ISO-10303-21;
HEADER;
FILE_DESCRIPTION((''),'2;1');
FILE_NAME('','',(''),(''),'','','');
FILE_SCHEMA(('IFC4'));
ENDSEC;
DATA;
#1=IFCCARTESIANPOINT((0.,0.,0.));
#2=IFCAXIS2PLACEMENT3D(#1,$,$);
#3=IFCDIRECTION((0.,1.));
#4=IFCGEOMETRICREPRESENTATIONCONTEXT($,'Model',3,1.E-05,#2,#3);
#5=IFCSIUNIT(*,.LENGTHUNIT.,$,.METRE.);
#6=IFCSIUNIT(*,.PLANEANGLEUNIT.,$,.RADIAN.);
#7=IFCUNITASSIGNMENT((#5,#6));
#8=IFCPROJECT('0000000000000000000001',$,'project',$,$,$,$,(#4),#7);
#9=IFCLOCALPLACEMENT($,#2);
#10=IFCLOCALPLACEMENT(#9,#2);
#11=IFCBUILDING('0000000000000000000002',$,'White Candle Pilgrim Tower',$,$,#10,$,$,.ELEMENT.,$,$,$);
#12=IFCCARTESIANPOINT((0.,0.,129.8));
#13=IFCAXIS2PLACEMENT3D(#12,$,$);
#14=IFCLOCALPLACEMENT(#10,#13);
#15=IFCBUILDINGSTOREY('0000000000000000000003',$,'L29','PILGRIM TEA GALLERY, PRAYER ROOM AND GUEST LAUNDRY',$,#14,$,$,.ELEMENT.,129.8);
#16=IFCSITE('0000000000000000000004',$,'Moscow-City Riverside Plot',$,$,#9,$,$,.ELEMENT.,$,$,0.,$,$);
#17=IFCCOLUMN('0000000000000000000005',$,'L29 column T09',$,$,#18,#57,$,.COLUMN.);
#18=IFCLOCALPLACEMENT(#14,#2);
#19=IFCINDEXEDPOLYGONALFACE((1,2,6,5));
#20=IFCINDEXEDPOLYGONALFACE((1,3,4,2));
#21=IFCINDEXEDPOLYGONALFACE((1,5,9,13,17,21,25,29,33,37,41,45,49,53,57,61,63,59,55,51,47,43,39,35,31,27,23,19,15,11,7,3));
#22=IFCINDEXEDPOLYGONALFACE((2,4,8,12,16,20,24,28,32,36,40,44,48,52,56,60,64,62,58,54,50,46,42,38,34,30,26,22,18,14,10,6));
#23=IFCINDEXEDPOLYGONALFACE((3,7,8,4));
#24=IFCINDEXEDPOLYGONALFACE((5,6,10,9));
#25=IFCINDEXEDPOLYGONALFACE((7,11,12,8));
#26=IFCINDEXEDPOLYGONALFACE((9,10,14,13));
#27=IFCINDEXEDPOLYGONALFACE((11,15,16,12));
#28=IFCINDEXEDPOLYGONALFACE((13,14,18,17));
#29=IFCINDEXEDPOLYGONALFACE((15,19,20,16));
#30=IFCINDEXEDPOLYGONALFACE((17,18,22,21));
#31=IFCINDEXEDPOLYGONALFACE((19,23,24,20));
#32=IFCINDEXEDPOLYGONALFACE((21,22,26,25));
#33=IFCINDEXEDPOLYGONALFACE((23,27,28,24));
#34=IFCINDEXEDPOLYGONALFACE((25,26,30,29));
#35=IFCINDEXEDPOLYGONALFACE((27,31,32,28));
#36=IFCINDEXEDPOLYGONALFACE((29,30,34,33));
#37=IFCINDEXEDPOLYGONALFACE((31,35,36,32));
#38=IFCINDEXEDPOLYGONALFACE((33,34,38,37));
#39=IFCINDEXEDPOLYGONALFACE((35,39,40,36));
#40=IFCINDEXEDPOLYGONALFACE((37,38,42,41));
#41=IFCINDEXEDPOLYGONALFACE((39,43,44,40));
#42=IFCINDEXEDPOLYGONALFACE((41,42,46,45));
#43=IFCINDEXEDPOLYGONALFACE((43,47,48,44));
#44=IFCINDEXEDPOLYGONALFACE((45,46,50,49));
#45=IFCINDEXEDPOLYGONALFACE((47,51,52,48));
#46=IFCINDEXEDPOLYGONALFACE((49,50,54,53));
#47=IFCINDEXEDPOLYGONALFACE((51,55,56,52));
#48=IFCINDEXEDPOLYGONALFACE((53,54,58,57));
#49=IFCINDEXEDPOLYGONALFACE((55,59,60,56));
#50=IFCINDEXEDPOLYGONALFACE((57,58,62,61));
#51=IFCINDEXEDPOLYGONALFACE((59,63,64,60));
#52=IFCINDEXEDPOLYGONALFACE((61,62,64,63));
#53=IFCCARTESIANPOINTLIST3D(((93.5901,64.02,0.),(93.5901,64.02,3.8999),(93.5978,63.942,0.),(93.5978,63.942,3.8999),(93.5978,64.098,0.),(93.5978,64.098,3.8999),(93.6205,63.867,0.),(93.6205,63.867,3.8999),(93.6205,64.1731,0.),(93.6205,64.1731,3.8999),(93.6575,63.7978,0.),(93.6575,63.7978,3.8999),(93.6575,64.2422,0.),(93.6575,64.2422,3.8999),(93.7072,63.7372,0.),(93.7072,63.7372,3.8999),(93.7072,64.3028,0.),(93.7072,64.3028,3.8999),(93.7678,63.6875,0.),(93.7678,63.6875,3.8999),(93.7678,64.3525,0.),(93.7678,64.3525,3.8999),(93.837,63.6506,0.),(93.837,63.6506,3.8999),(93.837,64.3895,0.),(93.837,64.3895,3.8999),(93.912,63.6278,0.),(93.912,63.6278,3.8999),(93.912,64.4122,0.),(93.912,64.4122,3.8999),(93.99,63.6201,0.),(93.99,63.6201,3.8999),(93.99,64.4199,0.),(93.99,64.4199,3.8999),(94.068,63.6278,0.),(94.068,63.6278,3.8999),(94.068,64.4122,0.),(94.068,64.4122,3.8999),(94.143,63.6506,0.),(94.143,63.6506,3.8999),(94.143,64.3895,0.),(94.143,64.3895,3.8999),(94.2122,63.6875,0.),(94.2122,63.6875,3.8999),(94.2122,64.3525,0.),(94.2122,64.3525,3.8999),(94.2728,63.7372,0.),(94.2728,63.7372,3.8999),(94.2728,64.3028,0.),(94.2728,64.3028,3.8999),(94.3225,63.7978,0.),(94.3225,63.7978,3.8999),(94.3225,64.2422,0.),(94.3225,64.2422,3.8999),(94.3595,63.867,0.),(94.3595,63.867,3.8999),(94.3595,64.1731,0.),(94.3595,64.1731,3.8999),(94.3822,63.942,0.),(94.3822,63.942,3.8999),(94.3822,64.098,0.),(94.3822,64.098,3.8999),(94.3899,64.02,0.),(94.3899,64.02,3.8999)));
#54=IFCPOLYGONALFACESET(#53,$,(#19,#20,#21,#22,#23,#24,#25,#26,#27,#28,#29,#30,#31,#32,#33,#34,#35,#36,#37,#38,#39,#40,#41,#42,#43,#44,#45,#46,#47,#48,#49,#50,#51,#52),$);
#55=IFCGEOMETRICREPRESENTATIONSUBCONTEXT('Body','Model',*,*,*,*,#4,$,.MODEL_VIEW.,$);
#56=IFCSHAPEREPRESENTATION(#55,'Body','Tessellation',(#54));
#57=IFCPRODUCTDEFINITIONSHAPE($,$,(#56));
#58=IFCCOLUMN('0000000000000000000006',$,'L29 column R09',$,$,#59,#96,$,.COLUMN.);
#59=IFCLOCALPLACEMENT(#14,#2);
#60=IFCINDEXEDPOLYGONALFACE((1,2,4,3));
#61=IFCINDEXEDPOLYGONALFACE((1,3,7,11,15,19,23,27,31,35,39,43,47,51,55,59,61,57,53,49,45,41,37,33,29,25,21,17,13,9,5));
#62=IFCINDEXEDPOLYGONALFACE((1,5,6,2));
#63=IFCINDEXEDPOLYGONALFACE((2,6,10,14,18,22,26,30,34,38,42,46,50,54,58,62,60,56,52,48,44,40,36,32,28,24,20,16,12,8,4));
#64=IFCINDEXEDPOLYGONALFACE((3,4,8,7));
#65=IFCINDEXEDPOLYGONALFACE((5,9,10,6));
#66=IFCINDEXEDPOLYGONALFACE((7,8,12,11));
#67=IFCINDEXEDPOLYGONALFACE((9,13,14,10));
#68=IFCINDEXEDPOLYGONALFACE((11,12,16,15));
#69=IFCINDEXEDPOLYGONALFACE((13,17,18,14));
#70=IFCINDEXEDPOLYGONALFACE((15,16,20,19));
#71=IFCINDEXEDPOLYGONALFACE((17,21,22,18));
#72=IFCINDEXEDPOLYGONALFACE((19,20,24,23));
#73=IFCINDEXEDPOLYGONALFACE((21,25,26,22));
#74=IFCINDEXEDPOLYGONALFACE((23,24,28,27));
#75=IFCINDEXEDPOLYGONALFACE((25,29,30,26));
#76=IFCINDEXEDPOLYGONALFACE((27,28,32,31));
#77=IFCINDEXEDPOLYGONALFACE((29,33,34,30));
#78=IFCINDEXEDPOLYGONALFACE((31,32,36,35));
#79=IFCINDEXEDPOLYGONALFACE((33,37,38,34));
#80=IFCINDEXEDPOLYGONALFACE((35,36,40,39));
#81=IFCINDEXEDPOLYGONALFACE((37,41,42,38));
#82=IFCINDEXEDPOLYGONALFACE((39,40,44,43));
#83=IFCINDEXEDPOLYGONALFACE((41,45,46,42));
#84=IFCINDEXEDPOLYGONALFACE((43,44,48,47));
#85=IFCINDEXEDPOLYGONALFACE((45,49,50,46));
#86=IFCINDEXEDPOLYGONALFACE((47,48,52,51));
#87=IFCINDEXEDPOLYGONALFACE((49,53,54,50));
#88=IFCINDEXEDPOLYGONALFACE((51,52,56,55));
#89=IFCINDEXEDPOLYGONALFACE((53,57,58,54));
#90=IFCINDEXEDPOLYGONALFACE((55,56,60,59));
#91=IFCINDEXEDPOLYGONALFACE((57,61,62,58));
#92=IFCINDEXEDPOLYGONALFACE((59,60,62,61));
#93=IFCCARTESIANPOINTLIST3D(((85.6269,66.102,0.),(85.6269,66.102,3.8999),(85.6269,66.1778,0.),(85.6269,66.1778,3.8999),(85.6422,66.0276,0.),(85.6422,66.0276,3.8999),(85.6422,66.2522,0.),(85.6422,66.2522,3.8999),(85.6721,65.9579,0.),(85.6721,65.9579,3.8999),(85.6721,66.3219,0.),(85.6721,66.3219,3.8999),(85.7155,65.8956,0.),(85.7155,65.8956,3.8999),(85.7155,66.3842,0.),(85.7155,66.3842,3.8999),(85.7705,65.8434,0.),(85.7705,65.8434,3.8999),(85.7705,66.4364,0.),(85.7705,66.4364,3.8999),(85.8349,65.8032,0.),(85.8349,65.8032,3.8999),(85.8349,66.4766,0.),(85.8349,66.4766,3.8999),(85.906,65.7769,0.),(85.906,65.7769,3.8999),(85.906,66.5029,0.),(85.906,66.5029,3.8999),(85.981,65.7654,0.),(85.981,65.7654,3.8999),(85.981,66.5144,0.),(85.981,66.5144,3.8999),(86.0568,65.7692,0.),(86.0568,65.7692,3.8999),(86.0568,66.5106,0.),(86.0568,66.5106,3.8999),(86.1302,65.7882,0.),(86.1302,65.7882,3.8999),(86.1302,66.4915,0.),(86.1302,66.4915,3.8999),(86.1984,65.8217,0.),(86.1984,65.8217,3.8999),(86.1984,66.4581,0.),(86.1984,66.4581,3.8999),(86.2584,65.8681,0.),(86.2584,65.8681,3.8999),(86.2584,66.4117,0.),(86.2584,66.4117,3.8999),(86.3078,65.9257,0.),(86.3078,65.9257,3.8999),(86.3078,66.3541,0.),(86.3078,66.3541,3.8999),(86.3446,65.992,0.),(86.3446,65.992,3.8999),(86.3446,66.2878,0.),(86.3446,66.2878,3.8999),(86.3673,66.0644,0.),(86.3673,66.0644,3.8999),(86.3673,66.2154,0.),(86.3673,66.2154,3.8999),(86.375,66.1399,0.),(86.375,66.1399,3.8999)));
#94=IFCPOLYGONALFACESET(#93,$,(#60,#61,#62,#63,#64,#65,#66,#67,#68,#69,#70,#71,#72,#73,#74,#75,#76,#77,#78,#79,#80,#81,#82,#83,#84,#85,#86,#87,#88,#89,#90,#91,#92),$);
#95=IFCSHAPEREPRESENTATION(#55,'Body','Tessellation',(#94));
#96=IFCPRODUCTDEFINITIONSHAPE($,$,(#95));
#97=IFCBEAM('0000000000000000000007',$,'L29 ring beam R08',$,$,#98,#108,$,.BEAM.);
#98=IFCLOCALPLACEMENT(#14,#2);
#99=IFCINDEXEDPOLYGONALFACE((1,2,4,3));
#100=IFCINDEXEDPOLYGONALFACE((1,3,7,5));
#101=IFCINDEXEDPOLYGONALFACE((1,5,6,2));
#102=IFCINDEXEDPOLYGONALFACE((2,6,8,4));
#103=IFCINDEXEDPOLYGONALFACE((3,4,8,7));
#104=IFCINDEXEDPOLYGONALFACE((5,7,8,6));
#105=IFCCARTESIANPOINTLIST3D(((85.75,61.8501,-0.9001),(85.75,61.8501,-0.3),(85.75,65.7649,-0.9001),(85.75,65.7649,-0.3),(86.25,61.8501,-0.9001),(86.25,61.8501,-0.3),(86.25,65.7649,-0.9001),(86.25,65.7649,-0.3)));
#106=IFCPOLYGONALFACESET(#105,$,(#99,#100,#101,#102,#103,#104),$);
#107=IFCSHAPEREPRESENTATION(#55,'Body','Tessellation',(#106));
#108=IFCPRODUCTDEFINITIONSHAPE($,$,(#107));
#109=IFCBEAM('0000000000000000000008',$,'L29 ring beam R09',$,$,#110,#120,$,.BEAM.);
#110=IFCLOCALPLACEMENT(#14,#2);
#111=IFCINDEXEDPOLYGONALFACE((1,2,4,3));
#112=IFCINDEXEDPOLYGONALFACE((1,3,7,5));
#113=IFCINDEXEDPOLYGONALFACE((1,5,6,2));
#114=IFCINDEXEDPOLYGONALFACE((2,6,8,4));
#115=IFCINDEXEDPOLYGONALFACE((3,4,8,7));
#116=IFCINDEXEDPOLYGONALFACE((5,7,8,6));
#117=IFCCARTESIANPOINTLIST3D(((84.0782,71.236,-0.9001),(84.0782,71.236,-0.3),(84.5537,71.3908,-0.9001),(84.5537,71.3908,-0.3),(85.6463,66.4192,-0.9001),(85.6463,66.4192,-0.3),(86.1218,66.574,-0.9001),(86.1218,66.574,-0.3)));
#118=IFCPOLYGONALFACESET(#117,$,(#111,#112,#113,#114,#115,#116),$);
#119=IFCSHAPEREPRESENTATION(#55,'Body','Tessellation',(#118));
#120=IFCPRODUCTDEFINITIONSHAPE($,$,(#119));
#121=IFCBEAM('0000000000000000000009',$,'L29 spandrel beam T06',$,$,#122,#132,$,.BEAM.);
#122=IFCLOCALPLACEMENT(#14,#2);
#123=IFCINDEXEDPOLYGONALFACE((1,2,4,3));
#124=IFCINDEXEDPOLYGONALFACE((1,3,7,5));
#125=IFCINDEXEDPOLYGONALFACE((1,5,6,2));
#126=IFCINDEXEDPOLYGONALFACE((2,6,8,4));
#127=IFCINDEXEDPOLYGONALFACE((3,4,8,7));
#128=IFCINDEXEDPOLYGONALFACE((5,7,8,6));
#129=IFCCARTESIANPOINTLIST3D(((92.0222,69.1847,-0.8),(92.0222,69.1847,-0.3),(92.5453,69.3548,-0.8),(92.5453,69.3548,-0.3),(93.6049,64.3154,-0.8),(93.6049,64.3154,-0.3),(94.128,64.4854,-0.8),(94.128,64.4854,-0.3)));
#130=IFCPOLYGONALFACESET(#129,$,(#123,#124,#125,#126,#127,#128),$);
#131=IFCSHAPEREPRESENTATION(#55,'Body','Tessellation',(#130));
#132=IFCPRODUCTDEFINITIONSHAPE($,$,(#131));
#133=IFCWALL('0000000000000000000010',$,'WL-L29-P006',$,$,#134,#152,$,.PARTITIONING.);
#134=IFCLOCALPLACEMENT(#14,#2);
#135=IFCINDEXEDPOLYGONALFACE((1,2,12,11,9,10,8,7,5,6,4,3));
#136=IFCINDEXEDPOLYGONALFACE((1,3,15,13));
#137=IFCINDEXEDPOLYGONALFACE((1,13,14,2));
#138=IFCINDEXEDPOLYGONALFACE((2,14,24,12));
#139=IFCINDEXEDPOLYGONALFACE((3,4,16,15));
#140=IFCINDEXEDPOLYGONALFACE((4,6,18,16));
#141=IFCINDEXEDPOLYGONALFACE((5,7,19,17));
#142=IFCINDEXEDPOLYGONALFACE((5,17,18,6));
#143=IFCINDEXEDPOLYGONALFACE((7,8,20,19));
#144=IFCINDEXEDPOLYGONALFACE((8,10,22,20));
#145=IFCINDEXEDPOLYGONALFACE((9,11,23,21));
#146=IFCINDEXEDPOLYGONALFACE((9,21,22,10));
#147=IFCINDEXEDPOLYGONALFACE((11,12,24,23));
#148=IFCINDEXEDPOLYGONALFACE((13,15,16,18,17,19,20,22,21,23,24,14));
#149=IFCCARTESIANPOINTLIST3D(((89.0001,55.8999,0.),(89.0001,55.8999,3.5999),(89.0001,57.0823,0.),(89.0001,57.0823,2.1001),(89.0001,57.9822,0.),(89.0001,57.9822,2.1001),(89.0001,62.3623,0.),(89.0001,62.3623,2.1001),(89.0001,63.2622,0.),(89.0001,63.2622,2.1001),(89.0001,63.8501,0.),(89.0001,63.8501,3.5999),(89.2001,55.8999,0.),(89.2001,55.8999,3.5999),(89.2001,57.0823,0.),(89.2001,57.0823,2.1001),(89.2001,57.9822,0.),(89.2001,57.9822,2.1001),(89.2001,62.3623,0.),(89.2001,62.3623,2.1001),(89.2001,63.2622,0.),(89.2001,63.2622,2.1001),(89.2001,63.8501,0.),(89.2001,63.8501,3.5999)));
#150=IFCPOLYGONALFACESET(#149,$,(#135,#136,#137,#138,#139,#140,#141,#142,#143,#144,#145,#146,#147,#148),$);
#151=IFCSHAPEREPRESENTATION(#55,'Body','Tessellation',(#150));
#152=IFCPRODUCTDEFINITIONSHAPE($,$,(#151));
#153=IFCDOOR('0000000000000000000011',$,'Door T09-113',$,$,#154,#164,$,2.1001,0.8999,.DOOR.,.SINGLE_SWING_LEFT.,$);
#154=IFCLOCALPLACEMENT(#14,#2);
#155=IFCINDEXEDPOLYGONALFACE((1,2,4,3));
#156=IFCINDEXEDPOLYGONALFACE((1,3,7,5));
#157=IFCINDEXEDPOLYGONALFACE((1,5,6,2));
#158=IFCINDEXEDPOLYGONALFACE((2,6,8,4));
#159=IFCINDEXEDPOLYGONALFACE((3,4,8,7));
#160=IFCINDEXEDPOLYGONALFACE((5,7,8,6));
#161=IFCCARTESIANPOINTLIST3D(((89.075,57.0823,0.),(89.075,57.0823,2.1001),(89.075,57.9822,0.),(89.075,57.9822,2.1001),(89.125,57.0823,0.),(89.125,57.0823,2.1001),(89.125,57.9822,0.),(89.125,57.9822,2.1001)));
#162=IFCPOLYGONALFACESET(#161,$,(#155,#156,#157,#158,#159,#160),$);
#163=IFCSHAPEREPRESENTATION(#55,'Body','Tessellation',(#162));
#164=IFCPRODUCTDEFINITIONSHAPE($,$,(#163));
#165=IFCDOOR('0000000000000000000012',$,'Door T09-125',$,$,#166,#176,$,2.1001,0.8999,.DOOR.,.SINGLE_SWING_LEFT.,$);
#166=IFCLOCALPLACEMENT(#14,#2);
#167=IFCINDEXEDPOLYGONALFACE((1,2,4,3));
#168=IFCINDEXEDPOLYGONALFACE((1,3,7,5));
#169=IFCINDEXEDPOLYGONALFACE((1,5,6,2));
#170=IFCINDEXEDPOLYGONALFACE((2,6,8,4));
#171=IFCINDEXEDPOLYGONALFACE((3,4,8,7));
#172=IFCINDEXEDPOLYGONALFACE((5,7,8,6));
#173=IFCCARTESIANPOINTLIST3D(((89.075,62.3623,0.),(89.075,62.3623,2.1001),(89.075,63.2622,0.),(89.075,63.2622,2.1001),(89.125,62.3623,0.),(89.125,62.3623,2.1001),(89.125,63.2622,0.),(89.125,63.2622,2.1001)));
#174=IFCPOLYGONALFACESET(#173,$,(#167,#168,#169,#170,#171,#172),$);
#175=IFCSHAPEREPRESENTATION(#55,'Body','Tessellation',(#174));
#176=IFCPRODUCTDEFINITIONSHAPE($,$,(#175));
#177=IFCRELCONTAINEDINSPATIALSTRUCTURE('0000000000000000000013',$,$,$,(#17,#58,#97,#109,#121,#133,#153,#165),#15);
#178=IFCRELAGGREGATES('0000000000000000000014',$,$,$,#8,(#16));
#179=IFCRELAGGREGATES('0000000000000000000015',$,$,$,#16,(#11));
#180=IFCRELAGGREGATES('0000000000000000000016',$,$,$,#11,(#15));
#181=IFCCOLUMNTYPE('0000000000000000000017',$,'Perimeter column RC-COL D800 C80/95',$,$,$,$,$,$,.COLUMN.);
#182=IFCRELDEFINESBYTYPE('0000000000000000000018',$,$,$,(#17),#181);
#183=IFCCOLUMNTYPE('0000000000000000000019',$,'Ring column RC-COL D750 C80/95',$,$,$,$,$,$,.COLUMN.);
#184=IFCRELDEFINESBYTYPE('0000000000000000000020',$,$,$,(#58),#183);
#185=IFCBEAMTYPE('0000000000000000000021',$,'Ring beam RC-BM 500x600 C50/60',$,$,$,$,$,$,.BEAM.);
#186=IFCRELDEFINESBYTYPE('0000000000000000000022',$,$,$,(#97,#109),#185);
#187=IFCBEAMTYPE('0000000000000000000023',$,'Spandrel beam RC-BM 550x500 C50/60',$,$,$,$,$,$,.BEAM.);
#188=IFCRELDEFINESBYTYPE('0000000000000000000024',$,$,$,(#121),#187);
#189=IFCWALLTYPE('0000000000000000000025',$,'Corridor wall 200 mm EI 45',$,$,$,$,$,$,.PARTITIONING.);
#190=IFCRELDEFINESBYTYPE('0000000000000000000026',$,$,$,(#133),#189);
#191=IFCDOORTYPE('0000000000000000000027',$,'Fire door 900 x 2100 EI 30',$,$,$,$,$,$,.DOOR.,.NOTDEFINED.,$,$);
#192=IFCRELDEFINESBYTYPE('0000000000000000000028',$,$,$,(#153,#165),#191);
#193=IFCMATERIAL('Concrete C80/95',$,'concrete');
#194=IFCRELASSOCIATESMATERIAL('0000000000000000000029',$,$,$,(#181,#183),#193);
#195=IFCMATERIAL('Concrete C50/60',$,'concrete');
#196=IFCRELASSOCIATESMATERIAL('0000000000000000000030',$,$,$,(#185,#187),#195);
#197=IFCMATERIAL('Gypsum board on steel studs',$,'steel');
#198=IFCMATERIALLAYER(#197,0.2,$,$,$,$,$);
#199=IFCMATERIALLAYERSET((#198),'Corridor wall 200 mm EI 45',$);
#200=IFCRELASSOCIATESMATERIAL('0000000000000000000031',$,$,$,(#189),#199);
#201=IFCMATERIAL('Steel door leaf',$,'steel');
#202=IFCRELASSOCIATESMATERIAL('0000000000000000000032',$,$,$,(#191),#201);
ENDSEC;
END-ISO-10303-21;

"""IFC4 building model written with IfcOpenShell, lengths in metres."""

from ifc_helpers import new_model, si_unit, direction, frame, frame_2d, origin, origin_2d, place, context, subcontext, project, spatial, rectangle, circle, extrude, material, layer, layer_set, material_profile, profile_set, type_object, element, fill, save


model = new_model("IFC4")

# Units and contexts
model_context = context("Model", 3, precision=1e-05, world=origin(), true_north=direction((0.0, 1.0)))
body_context = subcontext(model_context, "Body", "Model", "MODEL_VIEW")
ifc_project = project(units=[si_unit("LENGTHUNIT", "METRE"), si_unit("PLANEANGLEUNIT", "RADIAN")], contexts=[model_context])

# Site, building, storey
site_placement = place(None, origin())
site = spatial("IfcSite", under=ifc_project, at=site_placement, Name="Moscow-City Riverside Plot", CompositionType="ELEMENT", RefElevation=0.0)
building_placement = place(site_placement, origin())
building = spatial("IfcBuilding", under=site, at=building_placement, Name="White Candle Pilgrim Tower", CompositionType="ELEMENT")
storey_placement = place(building_placement, frame((0.0, 0.0, 129.8)))
storey = spatial("IfcBuildingStorey", under=building, at=storey_placement, Name="L29", Description="PILGRIM TEA GALLERY, PRAYER ROOM AND GUEST LAUNDRY", CompositionType="ELEMENT", Elevation=129.8)

# Columns
ifc_material_1 = material(Name="Concrete C80/95", Category="concrete")
ifc_material_profile_1 = material_profile(ifc_material_1, circle(Radius=0.3999, at=origin_2d()), Name="RC-COL D800")
ifc_profile_set_1 = profile_set([ifc_material_profile_1], Name="Concrete C80/95")
column_type_1 = type_object("IfcColumnType", Name="Perimeter column RC-COL D800 C80/95", PredefinedType="COLUMN", material=ifc_profile_set_1)
column_1_placement = place(storey_placement, frame((93.99, 64.02, 0.0), z_axis=(0.0, 0.0, 1.0), x_axis=(1.0, 0.0, 0.0)))
element("IfcColumn", 1, at=column_1_placement, inside=storey, type_object=column_type_1, Name="L29 column T09", PredefinedType="COLUMN", context=body_context, shape_type="SweptSolid", body=[
    extrude(circle(Radius=0.3999, at=origin_2d()), origin(), (0.0, 0.0, 1.0), 3.8999),
])
ifc_material_profile_2 = material_profile(ifc_material_1, circle(Radius=0.375, at=origin_2d()), Name="RC-COL D750")
ifc_profile_set_2 = profile_set([ifc_material_profile_2], Name="Concrete C80/95")
column_type_2 = type_object("IfcColumnType", Name="Ring column RC-COL D750 C80/95", PredefinedType="COLUMN", material=ifc_profile_set_2)
column_2_placement = place(storey_placement, frame((86.0, 66.1399, 0.0), z_axis=(0.0, 0.0, 1.0), x_axis=(1.0, 0.0, 0.0)))
element("IfcColumn", 2, at=column_2_placement, inside=storey, type_object=column_type_2, Name="L29 column R09", PredefinedType="COLUMN", context=body_context, shape_type="SweptSolid", body=[
    extrude(circle(Radius=0.375, at=origin_2d()), origin(), (0.0, 0.0, 1.0), 3.8999),
])

# Beams
ifc_material_2 = material(Name="Concrete C50/60", Category="concrete")
ifc_material_profile_3 = material_profile(ifc_material_2, rectangle(XDim=0.5, YDim=0.6001, at=origin_2d()), Name="RC-BM 500x600")
ifc_profile_set_3 = profile_set([ifc_material_profile_3], Name="Concrete C50/60")
beam_type_1 = type_object("IfcBeamType", Name="Ring beam RC-BM 500x600 C50/60", PredefinedType="BEAM", material=ifc_profile_set_3)
beam_1_placement = place(storey_placement, frame((86.0, 65.7649, -0.6001), z_axis=(0.0, -1.0, 0.0), x_axis=(1.0, 0.0, 0.0)))
element("IfcBeam", 3, at=beam_1_placement, inside=storey, type_object=beam_type_1, Name="L29 ring beam R08", PredefinedType="BEAM", context=body_context, shape_type="SweptSolid", body=[
    extrude(rectangle(XDim=0.5, YDim=0.6001, at=origin_2d()), origin(), (0.0, 0.0, 1.0), 3.9148),
])
beam_2_placement = place(storey_placement, frame((85.884, 66.4966, -0.6001), z_axis=(-0.309555, 0.950882, 0.0), x_axis=(-0.950882, -0.309555, 0.0)))
element("IfcBeam", 4, at=beam_2_placement, inside=storey, type_object=beam_type_1, Name="L29 ring beam R09", PredefinedType="BEAM", context=body_context, shape_type="SweptSolid", body=[
    extrude(rectangle(XDim=0.5, YDim=0.6001, at=origin_2d()), origin(), (0.0, 0.0, 1.0), 5.0657),
])
ifc_material_profile_4 = material_profile(ifc_material_2, rectangle(XDim=0.55, YDim=0.5, at=origin_2d()), Name="RC-BM 550x500")
ifc_profile_set_4 = profile_set([ifc_material_profile_4], Name="Concrete C50/60")
beam_type_2 = type_object("IfcBeamType", Name="Spandrel beam RC-BM 550x500 C50/60", PredefinedType="BEAM", material=ifc_profile_set_4)
beam_3_placement = place(storey_placement, frame((93.8665, 64.4004, -0.55), z_axis=(-0.309124, 0.951022, 0.0), x_axis=(-0.951022, -0.309124, 0.0)))
element("IfcBeam", 5, at=beam_3_placement, inside=storey, type_object=beam_type_2, Name="L29 spandrel beam T06", PredefinedType="BEAM", context=body_context, shape_type="SweptSolid", body=[
    extrude(rectangle(XDim=0.55, YDim=0.5, at=origin_2d()), origin(), (0.0, 0.0, 1.0), 5.1201),
])

# Wall, openings, doors
ifc_material_3 = material(Name="Gypsum board on steel studs", Category="steel")
ifc_layer_1 = layer(ifc_material_3, 0.2)
ifc_layer_set_1 = layer_set([ifc_layer_1], Name="Corridor wall 200 mm EI 45")
wall_type_1 = type_object("IfcWallType", Name="Corridor wall 200 mm EI 45", PredefinedType="PARTITIONING", material=ifc_layer_set_1)
wall_1_placement = place(storey_placement, frame((89.1001, 63.8501, 0.0), z_axis=(0.0, 0.0, 1.0), x_axis=(0.0, -1.0, 0.0)))
wall_1 = element("IfcWall", 6, at=wall_1_placement, inside=storey, type_object=wall_type_1, Name="WL-L29-P006", PredefinedType="PARTITIONING", context=body_context, shape_type="SweptSolid", body=[
    extrude(rectangle(XDim=7.9502, YDim=0.2, at=frame_2d((3.9751, 0.0))), origin(), (0.0, 0.0, 1.0), 3.5999),
])
opening_1_placement = place(wall_1_placement, frame((5.8679, 0.0, 0.0)))
opening_1 = element("IfcOpeningElement", 7, at=opening_1_placement, cuts=wall_1, PredefinedType="OPENING", context=body_context, shape_type="SweptSolid", body=[
    extrude(rectangle(XDim=0.8999, YDim=2.1001, at=frame_2d((0.45, 1.05))), frame((0.0, 0.1099, 0.0), z_axis=(0.0, -1.0, 0.0), x_axis=(1.0, 0.0, 0.0)), (0.0, 0.0, 1.0), 0.22),
])
opening_2_placement = place(wall_1_placement, frame((0.5879, 0.0, 0.0)))
opening_2 = element("IfcOpeningElement", 8, at=opening_2_placement, cuts=wall_1, PredefinedType="OPENING", context=body_context, shape_type="SweptSolid", body=[
    extrude(rectangle(XDim=0.8999, YDim=2.1001, at=frame_2d((0.45, 1.05))), frame((0.0, 0.1099, 0.0), z_axis=(0.0, -1.0, 0.0), x_axis=(1.0, 0.0, 0.0)), (0.0, 0.0, 1.0), 0.22),
])
ifc_material_4 = material(Name="Steel door leaf", Category="steel")
door_type_1 = type_object("IfcDoorType", Name="Fire door 900 x 2100 EI 30", OperationType="NOTDEFINED", PredefinedType="DOOR", material=ifc_material_4)
door_1_placement = place(opening_1_placement, origin())
door_1 = element("IfcDoor", 9, at=door_1_placement, inside=storey, type_object=door_type_1, Name="Door T09-113", OperationType="SINGLE_SWING_LEFT", OverallHeight=2.1001, OverallWidth=0.8999, PredefinedType="DOOR", context=body_context, shape_type="SweptSolid", body=[
    extrude(rectangle(XDim=0.8999, YDim=2.1001, at=frame_2d((0.45, 1.05))), frame((0.0, 0.0249, 0.0), z_axis=(0.0, -1.0, 0.0), x_axis=(1.0, 0.0, 0.0)), (0.0, 0.0, 1.0), 0.05),
])
fill(opening_1, door_1)
door_2_placement = place(opening_2_placement, origin())
door_2 = element("IfcDoor", 10, at=door_2_placement, inside=storey, type_object=door_type_1, Name="Door T09-125", OperationType="SINGLE_SWING_LEFT", OverallHeight=2.1001, OverallWidth=0.8999, PredefinedType="DOOR", context=body_context, shape_type="SweptSolid", body=[
    extrude(rectangle(XDim=0.8999, YDim=2.1001, at=frame_2d((0.45, 1.05))), frame((0.0, 0.0249, 0.0), z_axis=(0.0, -1.0, 0.0), x_axis=(1.0, 0.0, 0.0)), (0.0, 0.0, 1.0), 0.05),
])
fill(opening_2, door_2)

save(model, "model.ifc")
